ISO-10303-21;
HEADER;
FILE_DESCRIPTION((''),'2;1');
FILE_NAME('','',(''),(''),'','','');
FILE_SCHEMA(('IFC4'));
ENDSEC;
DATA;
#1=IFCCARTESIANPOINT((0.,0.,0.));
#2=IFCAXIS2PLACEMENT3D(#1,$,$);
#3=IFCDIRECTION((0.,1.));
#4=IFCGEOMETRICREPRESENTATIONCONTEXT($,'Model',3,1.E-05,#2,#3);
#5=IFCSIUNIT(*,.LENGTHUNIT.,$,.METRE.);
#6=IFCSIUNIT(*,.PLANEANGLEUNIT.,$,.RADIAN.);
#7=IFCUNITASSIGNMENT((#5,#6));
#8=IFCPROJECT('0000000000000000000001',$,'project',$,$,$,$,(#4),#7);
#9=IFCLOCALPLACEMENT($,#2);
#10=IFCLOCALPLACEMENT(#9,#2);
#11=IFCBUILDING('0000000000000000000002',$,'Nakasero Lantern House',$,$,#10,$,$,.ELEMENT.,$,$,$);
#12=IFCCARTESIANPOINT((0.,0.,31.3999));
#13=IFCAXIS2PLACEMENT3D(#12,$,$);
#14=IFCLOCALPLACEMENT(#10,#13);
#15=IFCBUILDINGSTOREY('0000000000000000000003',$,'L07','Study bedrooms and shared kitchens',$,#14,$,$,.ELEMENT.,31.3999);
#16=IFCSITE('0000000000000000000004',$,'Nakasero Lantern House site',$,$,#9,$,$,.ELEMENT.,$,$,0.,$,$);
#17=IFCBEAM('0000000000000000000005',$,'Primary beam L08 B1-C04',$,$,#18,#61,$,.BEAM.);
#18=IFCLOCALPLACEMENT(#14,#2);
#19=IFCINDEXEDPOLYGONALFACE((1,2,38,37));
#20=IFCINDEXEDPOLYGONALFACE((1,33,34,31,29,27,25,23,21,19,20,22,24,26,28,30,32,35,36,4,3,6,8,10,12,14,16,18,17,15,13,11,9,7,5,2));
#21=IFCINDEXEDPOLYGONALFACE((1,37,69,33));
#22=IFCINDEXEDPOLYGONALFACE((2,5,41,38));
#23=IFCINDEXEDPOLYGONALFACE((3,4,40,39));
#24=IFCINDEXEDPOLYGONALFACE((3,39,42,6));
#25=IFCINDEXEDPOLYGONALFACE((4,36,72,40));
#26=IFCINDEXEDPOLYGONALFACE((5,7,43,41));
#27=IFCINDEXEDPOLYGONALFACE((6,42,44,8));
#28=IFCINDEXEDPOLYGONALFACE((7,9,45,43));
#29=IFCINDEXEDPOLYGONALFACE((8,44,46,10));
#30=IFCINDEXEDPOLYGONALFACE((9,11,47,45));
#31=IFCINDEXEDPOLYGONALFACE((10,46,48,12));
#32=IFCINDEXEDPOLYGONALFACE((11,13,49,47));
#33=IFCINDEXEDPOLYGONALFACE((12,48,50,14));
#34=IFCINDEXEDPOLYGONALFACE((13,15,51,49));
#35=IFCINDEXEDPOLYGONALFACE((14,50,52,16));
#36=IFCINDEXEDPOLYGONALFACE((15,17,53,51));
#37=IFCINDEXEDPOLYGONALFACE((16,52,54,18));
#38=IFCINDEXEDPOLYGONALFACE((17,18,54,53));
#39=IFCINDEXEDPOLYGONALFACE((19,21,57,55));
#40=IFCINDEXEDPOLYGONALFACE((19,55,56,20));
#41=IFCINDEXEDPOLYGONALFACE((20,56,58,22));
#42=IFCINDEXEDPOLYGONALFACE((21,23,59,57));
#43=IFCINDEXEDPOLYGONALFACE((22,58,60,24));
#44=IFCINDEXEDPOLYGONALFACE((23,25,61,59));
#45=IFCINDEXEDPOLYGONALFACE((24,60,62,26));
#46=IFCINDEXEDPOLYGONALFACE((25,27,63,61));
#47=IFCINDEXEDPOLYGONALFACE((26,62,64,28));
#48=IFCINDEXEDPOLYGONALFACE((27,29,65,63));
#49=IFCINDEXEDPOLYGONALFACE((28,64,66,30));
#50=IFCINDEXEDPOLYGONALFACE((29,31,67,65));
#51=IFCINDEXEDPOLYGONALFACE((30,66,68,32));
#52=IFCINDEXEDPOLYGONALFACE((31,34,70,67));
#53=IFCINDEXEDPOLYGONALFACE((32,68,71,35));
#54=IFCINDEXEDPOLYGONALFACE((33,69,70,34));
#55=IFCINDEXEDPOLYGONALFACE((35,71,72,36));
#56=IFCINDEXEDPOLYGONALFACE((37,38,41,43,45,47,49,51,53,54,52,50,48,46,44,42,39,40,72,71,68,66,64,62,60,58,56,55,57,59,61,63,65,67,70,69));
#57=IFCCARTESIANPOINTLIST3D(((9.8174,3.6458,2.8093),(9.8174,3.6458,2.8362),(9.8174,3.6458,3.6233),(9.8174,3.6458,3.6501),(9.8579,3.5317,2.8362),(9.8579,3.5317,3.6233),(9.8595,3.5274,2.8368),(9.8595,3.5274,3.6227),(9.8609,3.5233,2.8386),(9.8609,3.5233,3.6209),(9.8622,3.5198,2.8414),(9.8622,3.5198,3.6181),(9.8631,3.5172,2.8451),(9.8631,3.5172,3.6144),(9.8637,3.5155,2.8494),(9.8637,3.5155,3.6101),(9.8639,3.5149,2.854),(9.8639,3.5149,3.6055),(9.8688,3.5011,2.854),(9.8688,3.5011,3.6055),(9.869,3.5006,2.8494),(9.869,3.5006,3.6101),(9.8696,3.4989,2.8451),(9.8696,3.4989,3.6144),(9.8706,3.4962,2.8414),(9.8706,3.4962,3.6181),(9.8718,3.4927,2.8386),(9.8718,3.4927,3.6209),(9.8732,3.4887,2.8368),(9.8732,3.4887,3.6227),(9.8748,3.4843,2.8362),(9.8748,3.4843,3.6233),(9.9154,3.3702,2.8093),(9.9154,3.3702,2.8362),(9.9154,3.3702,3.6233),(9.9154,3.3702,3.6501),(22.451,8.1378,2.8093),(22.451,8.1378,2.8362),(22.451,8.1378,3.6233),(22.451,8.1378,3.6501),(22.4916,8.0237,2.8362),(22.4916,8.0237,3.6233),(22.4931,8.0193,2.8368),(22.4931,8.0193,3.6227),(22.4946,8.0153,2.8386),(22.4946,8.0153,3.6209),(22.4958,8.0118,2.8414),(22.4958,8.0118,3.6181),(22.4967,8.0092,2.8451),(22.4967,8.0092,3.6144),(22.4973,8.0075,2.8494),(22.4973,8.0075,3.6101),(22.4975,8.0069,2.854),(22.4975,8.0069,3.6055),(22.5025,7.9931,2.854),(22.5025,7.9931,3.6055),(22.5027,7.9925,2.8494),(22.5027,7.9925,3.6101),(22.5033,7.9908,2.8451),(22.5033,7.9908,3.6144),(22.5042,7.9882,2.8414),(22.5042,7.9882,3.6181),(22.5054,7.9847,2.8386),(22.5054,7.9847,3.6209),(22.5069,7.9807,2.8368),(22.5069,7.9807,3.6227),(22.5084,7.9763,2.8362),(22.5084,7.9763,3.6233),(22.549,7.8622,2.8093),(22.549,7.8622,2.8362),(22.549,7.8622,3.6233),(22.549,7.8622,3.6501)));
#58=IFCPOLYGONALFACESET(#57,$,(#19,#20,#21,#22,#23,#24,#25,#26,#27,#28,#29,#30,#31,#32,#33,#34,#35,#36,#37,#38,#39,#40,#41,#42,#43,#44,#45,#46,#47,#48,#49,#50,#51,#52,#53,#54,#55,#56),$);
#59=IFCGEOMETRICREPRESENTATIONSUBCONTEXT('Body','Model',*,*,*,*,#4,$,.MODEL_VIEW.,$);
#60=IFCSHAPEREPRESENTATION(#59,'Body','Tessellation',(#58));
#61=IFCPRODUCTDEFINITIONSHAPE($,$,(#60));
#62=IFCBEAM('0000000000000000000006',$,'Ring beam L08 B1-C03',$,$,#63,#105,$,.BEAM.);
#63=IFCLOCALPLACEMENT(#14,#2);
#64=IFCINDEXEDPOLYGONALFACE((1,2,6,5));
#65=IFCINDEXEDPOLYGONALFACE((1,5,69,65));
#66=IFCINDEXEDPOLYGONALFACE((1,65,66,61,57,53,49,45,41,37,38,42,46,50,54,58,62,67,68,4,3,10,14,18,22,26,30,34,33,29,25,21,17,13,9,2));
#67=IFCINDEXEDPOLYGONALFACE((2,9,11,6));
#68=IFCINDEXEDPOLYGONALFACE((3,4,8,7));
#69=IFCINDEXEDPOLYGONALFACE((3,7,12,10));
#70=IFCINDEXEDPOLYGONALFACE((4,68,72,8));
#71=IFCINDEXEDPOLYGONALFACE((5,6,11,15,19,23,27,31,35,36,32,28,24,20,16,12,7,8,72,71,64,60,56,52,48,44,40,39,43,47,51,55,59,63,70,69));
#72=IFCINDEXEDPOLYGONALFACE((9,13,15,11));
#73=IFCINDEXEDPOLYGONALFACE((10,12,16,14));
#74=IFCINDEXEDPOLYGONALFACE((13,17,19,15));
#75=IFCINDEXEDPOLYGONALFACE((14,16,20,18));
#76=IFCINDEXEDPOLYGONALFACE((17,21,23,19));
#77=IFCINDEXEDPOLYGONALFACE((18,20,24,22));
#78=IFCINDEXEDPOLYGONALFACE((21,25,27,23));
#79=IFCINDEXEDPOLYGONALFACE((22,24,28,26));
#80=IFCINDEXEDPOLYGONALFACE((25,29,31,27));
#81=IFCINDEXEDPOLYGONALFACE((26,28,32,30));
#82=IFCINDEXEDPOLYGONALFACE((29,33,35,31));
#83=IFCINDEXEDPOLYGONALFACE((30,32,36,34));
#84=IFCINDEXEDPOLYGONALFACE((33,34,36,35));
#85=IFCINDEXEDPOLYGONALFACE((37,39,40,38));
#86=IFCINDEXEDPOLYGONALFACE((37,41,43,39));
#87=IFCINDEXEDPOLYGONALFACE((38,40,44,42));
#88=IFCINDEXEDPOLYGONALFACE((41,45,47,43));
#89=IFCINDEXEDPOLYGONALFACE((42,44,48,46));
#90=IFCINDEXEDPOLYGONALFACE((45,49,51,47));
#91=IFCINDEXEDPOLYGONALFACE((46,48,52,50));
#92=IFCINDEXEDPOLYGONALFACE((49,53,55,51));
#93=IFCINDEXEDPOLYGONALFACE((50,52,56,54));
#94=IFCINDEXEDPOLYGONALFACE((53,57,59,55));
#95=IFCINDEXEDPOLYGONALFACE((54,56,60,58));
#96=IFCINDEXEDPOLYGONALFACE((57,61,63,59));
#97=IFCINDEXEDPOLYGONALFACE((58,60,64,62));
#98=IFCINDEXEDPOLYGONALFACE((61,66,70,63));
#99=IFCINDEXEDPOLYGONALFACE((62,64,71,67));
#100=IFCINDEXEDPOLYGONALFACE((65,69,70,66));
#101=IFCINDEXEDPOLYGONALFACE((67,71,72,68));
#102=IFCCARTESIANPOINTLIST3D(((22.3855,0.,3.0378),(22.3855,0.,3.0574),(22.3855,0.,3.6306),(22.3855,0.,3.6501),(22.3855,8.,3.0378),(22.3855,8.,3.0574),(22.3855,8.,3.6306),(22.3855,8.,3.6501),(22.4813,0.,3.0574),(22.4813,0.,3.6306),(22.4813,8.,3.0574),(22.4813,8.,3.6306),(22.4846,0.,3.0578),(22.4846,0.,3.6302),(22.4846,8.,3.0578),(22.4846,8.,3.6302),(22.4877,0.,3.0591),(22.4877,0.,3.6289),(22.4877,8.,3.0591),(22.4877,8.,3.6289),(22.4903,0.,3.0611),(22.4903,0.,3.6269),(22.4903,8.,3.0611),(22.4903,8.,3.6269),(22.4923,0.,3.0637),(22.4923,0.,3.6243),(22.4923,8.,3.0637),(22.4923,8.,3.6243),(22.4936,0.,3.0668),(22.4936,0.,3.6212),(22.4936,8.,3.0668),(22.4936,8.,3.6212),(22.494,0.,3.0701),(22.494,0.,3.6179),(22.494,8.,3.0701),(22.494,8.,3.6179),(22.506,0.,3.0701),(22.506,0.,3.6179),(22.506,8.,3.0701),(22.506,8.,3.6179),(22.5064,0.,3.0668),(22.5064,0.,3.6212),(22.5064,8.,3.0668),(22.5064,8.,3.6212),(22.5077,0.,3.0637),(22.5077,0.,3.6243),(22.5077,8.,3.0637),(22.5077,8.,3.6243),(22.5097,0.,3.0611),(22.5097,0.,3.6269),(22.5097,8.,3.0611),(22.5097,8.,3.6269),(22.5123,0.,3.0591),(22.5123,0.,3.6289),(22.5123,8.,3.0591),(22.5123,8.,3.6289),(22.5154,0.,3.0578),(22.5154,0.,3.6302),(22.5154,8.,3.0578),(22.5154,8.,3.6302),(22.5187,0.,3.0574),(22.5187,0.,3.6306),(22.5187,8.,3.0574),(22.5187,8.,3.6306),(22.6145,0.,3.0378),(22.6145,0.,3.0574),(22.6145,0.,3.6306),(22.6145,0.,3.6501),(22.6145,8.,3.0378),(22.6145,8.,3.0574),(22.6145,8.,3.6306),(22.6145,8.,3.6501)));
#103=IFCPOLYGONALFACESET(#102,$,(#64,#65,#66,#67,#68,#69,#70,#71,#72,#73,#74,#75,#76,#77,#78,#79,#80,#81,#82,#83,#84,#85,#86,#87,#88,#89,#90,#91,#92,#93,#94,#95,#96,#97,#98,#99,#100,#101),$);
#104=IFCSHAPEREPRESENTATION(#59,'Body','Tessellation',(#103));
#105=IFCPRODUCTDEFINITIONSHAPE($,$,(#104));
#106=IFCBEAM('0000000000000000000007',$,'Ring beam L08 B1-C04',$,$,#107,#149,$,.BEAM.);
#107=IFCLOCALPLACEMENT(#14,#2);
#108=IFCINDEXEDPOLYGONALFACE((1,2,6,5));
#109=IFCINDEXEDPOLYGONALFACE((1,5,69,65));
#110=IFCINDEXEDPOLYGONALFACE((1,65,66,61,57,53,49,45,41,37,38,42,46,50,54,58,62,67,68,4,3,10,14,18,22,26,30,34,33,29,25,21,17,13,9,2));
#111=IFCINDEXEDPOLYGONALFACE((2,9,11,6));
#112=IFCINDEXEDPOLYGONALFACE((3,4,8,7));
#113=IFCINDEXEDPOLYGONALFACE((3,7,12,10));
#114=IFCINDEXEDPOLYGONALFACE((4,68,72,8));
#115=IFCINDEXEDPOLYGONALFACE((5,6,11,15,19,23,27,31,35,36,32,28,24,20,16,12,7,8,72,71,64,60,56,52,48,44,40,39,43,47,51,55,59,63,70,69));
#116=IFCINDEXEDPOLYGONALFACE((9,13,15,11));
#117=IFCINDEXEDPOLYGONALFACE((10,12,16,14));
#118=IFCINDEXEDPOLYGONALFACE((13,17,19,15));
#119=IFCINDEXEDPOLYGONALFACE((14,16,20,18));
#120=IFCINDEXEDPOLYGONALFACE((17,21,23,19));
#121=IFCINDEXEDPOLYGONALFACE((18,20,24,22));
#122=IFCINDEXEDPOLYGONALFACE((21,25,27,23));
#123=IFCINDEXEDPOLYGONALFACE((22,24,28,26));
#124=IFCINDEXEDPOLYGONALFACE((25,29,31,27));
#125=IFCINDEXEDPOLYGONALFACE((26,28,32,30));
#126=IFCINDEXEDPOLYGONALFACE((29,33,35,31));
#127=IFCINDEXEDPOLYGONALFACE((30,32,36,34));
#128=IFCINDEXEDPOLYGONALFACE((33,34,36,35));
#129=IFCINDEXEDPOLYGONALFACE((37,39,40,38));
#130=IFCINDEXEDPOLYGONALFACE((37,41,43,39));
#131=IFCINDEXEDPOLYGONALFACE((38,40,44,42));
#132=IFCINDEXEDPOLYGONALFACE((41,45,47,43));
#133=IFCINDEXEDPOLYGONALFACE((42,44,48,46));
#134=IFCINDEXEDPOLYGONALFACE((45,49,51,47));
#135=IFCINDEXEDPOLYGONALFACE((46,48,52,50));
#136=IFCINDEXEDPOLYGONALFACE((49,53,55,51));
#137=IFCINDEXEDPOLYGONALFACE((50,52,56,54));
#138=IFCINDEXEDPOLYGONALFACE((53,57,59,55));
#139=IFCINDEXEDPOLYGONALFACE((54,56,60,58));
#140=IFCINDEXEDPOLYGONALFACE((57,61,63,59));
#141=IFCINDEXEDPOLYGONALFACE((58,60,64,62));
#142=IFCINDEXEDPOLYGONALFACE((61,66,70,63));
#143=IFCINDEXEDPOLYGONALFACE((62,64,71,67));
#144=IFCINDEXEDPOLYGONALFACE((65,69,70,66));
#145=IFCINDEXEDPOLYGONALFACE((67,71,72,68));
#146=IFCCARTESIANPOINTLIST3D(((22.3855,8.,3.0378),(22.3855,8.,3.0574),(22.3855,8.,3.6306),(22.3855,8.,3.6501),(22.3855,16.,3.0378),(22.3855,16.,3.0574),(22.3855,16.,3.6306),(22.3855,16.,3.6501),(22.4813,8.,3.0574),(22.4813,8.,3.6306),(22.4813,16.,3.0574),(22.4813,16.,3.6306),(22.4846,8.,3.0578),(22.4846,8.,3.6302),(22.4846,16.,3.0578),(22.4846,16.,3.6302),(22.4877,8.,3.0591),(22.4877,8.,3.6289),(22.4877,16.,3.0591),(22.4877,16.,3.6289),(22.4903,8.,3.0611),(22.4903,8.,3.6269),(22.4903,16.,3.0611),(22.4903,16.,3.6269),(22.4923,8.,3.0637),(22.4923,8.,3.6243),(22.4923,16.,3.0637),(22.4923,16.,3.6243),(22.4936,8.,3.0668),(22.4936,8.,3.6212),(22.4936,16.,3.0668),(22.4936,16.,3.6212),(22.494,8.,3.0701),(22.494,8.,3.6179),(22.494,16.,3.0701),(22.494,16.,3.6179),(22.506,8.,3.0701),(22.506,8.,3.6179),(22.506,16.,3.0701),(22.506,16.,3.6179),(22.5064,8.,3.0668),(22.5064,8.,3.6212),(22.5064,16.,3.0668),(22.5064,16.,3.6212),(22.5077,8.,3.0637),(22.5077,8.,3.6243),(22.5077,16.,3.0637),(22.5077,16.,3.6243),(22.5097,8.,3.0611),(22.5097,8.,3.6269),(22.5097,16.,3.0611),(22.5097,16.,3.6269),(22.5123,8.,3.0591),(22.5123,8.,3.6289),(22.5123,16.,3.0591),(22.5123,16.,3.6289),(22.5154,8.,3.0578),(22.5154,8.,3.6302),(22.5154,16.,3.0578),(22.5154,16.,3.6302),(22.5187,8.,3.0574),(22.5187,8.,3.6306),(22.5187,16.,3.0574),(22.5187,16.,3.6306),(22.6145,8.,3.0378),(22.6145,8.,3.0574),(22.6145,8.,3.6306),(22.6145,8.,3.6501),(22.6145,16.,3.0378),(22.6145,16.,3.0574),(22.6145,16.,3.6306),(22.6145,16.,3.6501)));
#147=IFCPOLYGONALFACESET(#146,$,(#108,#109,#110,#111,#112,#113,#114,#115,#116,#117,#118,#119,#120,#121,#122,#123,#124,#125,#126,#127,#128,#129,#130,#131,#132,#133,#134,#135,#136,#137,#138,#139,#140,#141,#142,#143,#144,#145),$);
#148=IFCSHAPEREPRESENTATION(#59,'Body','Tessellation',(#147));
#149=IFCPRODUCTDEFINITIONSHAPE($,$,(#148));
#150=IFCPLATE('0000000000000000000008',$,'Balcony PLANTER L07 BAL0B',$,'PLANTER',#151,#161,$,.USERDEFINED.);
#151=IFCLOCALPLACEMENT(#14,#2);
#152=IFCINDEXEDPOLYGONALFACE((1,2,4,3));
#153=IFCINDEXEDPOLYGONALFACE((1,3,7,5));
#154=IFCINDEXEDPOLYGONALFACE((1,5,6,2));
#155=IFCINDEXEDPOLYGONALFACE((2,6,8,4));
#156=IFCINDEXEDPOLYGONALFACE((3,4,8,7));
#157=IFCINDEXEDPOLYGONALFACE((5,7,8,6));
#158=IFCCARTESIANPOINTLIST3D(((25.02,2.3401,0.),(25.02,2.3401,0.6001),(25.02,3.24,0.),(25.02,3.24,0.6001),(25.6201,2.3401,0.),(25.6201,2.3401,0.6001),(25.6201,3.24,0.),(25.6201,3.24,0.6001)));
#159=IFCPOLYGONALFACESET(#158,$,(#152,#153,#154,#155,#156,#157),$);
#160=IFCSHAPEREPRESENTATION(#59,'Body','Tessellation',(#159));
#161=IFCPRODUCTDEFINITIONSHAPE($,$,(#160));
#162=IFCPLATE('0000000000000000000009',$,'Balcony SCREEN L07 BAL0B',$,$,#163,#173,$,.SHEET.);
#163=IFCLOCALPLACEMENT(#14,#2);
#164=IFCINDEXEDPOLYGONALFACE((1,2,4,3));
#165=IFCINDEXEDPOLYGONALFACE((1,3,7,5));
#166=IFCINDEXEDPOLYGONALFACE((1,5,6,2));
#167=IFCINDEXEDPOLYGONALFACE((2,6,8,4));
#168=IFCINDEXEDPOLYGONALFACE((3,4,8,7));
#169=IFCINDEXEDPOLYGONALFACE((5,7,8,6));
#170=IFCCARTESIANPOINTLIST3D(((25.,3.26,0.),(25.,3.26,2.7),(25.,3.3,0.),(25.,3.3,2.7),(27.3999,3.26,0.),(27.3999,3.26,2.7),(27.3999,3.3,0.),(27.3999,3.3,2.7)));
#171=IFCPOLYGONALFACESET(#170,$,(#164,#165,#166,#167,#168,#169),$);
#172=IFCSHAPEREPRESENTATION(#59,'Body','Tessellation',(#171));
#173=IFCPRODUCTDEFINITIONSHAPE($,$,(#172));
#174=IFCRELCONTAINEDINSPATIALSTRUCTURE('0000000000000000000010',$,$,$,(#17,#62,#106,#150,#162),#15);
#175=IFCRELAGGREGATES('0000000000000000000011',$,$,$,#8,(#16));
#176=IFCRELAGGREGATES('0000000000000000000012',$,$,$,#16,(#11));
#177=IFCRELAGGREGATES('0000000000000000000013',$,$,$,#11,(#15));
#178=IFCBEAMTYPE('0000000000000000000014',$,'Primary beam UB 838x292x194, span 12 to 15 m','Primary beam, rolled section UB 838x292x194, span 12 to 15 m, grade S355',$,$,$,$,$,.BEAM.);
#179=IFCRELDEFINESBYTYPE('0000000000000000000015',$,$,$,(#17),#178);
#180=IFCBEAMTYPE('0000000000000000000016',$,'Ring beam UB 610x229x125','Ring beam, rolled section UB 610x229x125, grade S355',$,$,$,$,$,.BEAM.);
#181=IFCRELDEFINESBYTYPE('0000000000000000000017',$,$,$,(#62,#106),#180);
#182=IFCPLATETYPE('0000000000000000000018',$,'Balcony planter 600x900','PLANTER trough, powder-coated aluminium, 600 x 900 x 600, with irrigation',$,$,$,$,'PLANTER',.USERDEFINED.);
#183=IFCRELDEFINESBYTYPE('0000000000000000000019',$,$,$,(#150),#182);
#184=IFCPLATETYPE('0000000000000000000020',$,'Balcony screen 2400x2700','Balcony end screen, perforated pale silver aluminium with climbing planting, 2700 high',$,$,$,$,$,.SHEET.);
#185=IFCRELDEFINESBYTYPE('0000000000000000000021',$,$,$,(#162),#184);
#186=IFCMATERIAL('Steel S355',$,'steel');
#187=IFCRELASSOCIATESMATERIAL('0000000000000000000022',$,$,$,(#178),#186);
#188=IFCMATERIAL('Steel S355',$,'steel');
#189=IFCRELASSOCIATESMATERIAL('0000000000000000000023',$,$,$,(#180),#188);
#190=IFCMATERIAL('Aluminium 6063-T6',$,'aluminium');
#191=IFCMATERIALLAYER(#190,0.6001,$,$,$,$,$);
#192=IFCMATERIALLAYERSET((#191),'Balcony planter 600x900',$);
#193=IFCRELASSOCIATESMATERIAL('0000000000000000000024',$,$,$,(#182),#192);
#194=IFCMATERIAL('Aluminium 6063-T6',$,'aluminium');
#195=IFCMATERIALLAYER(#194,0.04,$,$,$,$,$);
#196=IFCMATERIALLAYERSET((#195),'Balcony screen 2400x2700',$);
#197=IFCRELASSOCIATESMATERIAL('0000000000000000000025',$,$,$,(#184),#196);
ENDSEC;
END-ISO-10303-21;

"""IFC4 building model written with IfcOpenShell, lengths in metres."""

from ifc_helpers import new_model, si_unit, direction, frame, origin, origin_2d, place, context, subcontext, project, spatial, rectangle, i_section, extrude, material, layer, layer_set, material_profile, profile_set, type_object, element, save


model = new_model("IFC4")

# Units and contexts
model_context = context("Model", 3, precision=1e-05, world=origin(), true_north=direction((0.0, 1.0)))
body_context = subcontext(model_context, "Body", "Model", "MODEL_VIEW")
ifc_project = project(units=[si_unit("LENGTHUNIT", "METRE"), si_unit("PLANEANGLEUNIT", "RADIAN")], contexts=[model_context])

# Site, building, storey
site_placement = place(None, origin())
site = spatial("IfcSite", under=ifc_project, at=site_placement, Name="Nakasero Lantern House site", CompositionType="ELEMENT", RefElevation=0.0)
building_placement = place(site_placement, origin())
building = spatial("IfcBuilding", under=site, at=building_placement, Name="Nakasero Lantern House", CompositionType="ELEMENT")
storey_placement = place(building_placement, frame((0.0, 0.0, 31.3999)))
storey = spatial("IfcBuildingStorey", under=building, at=storey_placement, Name="L07", Description="Study bedrooms and shared kitchens", CompositionType="ELEMENT", Elevation=31.3999)

# Beams
ifc_material_1 = material(Name="Steel S355", Category="steel")
ifc_material_profile_1 = material_profile(ifc_material_1, i_section(OverallWidth=0.2925, OverallDepth=0.8408, WebThickness=0.0146, FlangeThickness=0.0269, FilletRadius=0.0178, at=origin_2d()), Name="UB 838x292x194")
ifc_profile_set_1 = profile_set([ifc_material_profile_1], Name="Steel S355")
beam_type_1 = type_object("IfcBeamType", Name="Primary beam UB 838x292x194, span 12 to 15 m", Description="Primary beam, rolled section UB 838x292x194, span 12 to 15 m, grade S355", PredefinedType="BEAM", material=ifc_profile_set_1)
beam_1_placement = place(storey_placement, frame((22.5, 8.0, 3.2297), z_axis=(-0.942214, -0.335011, 0.0), x_axis=(0.335011, -0.942214, 0.0)))
element("IfcBeam", 1, at=beam_1_placement, inside=storey, type_object=beam_type_1, Name="Primary beam L08 B1-C04", PredefinedType="BEAM", context=body_context, shape_type="SweptSolid", body=[
    extrude(i_section(OverallWidth=0.2925, OverallDepth=0.8408, WebThickness=0.0146, FlangeThickness=0.0269, FilletRadius=0.0178, at=origin_2d()), origin(), (0.0, 0.0, 1.0), 13.4084),
])
ifc_material_2 = material(Name="Steel S355", Category="steel")
ifc_material_profile_2 = material_profile(ifc_material_2, i_section(OverallWidth=0.229, OverallDepth=0.6123, WebThickness=0.012, FlangeThickness=0.0195, FilletRadius=0.0127, at=origin_2d()), Name="UB 610x229x125")
ifc_profile_set_2 = profile_set([ifc_material_profile_2], Name="Steel S355")
beam_type_2 = type_object("IfcBeamType", Name="Ring beam UB 610x229x125", Description="Ring beam, rolled section UB 610x229x125, grade S355", PredefinedType="BEAM", material=ifc_profile_set_2)
for number, where, z_axis, x_axis, name in (
    (2, (22.5, 0.0, 3.344), (0.0, 1.0, 0.0), (-1.0, 0.0, 0.0), "Ring beam L08 B1-C03"),
    (3, (22.5, 8.0, 3.344), (0.0, 1.0, 0.0), (-1.0, 0.0, 0.0), "Ring beam L08 B1-C04"),
):
    element("IfcBeam", number, at=place(storey_placement, frame(where, z_axis=z_axis, x_axis=x_axis)), inside=storey, type_object=beam_type_2, Name=name, PredefinedType="BEAM", context=body_context, shape_type="SweptSolid", body=[
        extrude(i_section(OverallWidth=0.229, OverallDepth=0.6123, WebThickness=0.012, FlangeThickness=0.0195, FilletRadius=0.0127, at=origin_2d()), origin(), (0.0, 0.0, 1.0), 8.0),
    ])

# Plates
ifc_material_3 = material(Name="Aluminium 6063-T6", Category="aluminium")
ifc_layer_1 = layer(ifc_material_3, 0.6001)
ifc_layer_set_1 = layer_set([ifc_layer_1], Name="Balcony planter 600x900")
plate_type_1 = type_object("IfcPlateType", Name="Balcony planter 600x900", Description="PLANTER trough, powder-coated aluminium, 600 x 900 x 600, with irrigation", ElementType="PLANTER", PredefinedType="USERDEFINED", material=ifc_layer_set_1)
plate_1_placement = place(storey_placement, frame((25.3201, 2.79, 0.0), z_axis=(0.0, 0.0, 1.0), x_axis=(1.0, 0.0, 0.0)))
element("IfcPlate", 4, at=plate_1_placement, inside=storey, type_object=plate_type_1, Name="Balcony PLANTER L07 BAL0B", ObjectType="PLANTER", PredefinedType="USERDEFINED", context=body_context, shape_type="SweptSolid", body=[
    extrude(rectangle(XDim=0.6001, YDim=0.8999, at=origin_2d()), origin(), (0.0, 0.0, 1.0), 0.6001),
])
ifc_material_4 = material(Name="Aluminium 6063-T6", Category="aluminium")
ifc_layer_2 = layer(ifc_material_4, 0.04)
ifc_layer_set_2 = layer_set([ifc_layer_2], Name="Balcony screen 2400x2700")
plate_type_2 = type_object("IfcPlateType", Name="Balcony screen 2400x2700", Description="Balcony end screen, perforated pale silver aluminium with climbing planting, 2700 high", PredefinedType="SHEET", material=ifc_layer_set_2)
plate_2_placement = place(storey_placement, frame((26.2, 3.28, 0.0), z_axis=(0.0, 0.0, 1.0), x_axis=(1.0, 0.0, 0.0)))
element("IfcPlate", 5, at=plate_2_placement, inside=storey, type_object=plate_type_2, Name="Balcony SCREEN L07 BAL0B", PredefinedType="SHEET", context=body_context, shape_type="SweptSolid", body=[
    extrude(rectangle(XDim=2.3999, YDim=0.04, at=origin_2d()), origin(), (0.0, 0.0, 1.0), 2.7),
])

save(model, "model.ifc")
